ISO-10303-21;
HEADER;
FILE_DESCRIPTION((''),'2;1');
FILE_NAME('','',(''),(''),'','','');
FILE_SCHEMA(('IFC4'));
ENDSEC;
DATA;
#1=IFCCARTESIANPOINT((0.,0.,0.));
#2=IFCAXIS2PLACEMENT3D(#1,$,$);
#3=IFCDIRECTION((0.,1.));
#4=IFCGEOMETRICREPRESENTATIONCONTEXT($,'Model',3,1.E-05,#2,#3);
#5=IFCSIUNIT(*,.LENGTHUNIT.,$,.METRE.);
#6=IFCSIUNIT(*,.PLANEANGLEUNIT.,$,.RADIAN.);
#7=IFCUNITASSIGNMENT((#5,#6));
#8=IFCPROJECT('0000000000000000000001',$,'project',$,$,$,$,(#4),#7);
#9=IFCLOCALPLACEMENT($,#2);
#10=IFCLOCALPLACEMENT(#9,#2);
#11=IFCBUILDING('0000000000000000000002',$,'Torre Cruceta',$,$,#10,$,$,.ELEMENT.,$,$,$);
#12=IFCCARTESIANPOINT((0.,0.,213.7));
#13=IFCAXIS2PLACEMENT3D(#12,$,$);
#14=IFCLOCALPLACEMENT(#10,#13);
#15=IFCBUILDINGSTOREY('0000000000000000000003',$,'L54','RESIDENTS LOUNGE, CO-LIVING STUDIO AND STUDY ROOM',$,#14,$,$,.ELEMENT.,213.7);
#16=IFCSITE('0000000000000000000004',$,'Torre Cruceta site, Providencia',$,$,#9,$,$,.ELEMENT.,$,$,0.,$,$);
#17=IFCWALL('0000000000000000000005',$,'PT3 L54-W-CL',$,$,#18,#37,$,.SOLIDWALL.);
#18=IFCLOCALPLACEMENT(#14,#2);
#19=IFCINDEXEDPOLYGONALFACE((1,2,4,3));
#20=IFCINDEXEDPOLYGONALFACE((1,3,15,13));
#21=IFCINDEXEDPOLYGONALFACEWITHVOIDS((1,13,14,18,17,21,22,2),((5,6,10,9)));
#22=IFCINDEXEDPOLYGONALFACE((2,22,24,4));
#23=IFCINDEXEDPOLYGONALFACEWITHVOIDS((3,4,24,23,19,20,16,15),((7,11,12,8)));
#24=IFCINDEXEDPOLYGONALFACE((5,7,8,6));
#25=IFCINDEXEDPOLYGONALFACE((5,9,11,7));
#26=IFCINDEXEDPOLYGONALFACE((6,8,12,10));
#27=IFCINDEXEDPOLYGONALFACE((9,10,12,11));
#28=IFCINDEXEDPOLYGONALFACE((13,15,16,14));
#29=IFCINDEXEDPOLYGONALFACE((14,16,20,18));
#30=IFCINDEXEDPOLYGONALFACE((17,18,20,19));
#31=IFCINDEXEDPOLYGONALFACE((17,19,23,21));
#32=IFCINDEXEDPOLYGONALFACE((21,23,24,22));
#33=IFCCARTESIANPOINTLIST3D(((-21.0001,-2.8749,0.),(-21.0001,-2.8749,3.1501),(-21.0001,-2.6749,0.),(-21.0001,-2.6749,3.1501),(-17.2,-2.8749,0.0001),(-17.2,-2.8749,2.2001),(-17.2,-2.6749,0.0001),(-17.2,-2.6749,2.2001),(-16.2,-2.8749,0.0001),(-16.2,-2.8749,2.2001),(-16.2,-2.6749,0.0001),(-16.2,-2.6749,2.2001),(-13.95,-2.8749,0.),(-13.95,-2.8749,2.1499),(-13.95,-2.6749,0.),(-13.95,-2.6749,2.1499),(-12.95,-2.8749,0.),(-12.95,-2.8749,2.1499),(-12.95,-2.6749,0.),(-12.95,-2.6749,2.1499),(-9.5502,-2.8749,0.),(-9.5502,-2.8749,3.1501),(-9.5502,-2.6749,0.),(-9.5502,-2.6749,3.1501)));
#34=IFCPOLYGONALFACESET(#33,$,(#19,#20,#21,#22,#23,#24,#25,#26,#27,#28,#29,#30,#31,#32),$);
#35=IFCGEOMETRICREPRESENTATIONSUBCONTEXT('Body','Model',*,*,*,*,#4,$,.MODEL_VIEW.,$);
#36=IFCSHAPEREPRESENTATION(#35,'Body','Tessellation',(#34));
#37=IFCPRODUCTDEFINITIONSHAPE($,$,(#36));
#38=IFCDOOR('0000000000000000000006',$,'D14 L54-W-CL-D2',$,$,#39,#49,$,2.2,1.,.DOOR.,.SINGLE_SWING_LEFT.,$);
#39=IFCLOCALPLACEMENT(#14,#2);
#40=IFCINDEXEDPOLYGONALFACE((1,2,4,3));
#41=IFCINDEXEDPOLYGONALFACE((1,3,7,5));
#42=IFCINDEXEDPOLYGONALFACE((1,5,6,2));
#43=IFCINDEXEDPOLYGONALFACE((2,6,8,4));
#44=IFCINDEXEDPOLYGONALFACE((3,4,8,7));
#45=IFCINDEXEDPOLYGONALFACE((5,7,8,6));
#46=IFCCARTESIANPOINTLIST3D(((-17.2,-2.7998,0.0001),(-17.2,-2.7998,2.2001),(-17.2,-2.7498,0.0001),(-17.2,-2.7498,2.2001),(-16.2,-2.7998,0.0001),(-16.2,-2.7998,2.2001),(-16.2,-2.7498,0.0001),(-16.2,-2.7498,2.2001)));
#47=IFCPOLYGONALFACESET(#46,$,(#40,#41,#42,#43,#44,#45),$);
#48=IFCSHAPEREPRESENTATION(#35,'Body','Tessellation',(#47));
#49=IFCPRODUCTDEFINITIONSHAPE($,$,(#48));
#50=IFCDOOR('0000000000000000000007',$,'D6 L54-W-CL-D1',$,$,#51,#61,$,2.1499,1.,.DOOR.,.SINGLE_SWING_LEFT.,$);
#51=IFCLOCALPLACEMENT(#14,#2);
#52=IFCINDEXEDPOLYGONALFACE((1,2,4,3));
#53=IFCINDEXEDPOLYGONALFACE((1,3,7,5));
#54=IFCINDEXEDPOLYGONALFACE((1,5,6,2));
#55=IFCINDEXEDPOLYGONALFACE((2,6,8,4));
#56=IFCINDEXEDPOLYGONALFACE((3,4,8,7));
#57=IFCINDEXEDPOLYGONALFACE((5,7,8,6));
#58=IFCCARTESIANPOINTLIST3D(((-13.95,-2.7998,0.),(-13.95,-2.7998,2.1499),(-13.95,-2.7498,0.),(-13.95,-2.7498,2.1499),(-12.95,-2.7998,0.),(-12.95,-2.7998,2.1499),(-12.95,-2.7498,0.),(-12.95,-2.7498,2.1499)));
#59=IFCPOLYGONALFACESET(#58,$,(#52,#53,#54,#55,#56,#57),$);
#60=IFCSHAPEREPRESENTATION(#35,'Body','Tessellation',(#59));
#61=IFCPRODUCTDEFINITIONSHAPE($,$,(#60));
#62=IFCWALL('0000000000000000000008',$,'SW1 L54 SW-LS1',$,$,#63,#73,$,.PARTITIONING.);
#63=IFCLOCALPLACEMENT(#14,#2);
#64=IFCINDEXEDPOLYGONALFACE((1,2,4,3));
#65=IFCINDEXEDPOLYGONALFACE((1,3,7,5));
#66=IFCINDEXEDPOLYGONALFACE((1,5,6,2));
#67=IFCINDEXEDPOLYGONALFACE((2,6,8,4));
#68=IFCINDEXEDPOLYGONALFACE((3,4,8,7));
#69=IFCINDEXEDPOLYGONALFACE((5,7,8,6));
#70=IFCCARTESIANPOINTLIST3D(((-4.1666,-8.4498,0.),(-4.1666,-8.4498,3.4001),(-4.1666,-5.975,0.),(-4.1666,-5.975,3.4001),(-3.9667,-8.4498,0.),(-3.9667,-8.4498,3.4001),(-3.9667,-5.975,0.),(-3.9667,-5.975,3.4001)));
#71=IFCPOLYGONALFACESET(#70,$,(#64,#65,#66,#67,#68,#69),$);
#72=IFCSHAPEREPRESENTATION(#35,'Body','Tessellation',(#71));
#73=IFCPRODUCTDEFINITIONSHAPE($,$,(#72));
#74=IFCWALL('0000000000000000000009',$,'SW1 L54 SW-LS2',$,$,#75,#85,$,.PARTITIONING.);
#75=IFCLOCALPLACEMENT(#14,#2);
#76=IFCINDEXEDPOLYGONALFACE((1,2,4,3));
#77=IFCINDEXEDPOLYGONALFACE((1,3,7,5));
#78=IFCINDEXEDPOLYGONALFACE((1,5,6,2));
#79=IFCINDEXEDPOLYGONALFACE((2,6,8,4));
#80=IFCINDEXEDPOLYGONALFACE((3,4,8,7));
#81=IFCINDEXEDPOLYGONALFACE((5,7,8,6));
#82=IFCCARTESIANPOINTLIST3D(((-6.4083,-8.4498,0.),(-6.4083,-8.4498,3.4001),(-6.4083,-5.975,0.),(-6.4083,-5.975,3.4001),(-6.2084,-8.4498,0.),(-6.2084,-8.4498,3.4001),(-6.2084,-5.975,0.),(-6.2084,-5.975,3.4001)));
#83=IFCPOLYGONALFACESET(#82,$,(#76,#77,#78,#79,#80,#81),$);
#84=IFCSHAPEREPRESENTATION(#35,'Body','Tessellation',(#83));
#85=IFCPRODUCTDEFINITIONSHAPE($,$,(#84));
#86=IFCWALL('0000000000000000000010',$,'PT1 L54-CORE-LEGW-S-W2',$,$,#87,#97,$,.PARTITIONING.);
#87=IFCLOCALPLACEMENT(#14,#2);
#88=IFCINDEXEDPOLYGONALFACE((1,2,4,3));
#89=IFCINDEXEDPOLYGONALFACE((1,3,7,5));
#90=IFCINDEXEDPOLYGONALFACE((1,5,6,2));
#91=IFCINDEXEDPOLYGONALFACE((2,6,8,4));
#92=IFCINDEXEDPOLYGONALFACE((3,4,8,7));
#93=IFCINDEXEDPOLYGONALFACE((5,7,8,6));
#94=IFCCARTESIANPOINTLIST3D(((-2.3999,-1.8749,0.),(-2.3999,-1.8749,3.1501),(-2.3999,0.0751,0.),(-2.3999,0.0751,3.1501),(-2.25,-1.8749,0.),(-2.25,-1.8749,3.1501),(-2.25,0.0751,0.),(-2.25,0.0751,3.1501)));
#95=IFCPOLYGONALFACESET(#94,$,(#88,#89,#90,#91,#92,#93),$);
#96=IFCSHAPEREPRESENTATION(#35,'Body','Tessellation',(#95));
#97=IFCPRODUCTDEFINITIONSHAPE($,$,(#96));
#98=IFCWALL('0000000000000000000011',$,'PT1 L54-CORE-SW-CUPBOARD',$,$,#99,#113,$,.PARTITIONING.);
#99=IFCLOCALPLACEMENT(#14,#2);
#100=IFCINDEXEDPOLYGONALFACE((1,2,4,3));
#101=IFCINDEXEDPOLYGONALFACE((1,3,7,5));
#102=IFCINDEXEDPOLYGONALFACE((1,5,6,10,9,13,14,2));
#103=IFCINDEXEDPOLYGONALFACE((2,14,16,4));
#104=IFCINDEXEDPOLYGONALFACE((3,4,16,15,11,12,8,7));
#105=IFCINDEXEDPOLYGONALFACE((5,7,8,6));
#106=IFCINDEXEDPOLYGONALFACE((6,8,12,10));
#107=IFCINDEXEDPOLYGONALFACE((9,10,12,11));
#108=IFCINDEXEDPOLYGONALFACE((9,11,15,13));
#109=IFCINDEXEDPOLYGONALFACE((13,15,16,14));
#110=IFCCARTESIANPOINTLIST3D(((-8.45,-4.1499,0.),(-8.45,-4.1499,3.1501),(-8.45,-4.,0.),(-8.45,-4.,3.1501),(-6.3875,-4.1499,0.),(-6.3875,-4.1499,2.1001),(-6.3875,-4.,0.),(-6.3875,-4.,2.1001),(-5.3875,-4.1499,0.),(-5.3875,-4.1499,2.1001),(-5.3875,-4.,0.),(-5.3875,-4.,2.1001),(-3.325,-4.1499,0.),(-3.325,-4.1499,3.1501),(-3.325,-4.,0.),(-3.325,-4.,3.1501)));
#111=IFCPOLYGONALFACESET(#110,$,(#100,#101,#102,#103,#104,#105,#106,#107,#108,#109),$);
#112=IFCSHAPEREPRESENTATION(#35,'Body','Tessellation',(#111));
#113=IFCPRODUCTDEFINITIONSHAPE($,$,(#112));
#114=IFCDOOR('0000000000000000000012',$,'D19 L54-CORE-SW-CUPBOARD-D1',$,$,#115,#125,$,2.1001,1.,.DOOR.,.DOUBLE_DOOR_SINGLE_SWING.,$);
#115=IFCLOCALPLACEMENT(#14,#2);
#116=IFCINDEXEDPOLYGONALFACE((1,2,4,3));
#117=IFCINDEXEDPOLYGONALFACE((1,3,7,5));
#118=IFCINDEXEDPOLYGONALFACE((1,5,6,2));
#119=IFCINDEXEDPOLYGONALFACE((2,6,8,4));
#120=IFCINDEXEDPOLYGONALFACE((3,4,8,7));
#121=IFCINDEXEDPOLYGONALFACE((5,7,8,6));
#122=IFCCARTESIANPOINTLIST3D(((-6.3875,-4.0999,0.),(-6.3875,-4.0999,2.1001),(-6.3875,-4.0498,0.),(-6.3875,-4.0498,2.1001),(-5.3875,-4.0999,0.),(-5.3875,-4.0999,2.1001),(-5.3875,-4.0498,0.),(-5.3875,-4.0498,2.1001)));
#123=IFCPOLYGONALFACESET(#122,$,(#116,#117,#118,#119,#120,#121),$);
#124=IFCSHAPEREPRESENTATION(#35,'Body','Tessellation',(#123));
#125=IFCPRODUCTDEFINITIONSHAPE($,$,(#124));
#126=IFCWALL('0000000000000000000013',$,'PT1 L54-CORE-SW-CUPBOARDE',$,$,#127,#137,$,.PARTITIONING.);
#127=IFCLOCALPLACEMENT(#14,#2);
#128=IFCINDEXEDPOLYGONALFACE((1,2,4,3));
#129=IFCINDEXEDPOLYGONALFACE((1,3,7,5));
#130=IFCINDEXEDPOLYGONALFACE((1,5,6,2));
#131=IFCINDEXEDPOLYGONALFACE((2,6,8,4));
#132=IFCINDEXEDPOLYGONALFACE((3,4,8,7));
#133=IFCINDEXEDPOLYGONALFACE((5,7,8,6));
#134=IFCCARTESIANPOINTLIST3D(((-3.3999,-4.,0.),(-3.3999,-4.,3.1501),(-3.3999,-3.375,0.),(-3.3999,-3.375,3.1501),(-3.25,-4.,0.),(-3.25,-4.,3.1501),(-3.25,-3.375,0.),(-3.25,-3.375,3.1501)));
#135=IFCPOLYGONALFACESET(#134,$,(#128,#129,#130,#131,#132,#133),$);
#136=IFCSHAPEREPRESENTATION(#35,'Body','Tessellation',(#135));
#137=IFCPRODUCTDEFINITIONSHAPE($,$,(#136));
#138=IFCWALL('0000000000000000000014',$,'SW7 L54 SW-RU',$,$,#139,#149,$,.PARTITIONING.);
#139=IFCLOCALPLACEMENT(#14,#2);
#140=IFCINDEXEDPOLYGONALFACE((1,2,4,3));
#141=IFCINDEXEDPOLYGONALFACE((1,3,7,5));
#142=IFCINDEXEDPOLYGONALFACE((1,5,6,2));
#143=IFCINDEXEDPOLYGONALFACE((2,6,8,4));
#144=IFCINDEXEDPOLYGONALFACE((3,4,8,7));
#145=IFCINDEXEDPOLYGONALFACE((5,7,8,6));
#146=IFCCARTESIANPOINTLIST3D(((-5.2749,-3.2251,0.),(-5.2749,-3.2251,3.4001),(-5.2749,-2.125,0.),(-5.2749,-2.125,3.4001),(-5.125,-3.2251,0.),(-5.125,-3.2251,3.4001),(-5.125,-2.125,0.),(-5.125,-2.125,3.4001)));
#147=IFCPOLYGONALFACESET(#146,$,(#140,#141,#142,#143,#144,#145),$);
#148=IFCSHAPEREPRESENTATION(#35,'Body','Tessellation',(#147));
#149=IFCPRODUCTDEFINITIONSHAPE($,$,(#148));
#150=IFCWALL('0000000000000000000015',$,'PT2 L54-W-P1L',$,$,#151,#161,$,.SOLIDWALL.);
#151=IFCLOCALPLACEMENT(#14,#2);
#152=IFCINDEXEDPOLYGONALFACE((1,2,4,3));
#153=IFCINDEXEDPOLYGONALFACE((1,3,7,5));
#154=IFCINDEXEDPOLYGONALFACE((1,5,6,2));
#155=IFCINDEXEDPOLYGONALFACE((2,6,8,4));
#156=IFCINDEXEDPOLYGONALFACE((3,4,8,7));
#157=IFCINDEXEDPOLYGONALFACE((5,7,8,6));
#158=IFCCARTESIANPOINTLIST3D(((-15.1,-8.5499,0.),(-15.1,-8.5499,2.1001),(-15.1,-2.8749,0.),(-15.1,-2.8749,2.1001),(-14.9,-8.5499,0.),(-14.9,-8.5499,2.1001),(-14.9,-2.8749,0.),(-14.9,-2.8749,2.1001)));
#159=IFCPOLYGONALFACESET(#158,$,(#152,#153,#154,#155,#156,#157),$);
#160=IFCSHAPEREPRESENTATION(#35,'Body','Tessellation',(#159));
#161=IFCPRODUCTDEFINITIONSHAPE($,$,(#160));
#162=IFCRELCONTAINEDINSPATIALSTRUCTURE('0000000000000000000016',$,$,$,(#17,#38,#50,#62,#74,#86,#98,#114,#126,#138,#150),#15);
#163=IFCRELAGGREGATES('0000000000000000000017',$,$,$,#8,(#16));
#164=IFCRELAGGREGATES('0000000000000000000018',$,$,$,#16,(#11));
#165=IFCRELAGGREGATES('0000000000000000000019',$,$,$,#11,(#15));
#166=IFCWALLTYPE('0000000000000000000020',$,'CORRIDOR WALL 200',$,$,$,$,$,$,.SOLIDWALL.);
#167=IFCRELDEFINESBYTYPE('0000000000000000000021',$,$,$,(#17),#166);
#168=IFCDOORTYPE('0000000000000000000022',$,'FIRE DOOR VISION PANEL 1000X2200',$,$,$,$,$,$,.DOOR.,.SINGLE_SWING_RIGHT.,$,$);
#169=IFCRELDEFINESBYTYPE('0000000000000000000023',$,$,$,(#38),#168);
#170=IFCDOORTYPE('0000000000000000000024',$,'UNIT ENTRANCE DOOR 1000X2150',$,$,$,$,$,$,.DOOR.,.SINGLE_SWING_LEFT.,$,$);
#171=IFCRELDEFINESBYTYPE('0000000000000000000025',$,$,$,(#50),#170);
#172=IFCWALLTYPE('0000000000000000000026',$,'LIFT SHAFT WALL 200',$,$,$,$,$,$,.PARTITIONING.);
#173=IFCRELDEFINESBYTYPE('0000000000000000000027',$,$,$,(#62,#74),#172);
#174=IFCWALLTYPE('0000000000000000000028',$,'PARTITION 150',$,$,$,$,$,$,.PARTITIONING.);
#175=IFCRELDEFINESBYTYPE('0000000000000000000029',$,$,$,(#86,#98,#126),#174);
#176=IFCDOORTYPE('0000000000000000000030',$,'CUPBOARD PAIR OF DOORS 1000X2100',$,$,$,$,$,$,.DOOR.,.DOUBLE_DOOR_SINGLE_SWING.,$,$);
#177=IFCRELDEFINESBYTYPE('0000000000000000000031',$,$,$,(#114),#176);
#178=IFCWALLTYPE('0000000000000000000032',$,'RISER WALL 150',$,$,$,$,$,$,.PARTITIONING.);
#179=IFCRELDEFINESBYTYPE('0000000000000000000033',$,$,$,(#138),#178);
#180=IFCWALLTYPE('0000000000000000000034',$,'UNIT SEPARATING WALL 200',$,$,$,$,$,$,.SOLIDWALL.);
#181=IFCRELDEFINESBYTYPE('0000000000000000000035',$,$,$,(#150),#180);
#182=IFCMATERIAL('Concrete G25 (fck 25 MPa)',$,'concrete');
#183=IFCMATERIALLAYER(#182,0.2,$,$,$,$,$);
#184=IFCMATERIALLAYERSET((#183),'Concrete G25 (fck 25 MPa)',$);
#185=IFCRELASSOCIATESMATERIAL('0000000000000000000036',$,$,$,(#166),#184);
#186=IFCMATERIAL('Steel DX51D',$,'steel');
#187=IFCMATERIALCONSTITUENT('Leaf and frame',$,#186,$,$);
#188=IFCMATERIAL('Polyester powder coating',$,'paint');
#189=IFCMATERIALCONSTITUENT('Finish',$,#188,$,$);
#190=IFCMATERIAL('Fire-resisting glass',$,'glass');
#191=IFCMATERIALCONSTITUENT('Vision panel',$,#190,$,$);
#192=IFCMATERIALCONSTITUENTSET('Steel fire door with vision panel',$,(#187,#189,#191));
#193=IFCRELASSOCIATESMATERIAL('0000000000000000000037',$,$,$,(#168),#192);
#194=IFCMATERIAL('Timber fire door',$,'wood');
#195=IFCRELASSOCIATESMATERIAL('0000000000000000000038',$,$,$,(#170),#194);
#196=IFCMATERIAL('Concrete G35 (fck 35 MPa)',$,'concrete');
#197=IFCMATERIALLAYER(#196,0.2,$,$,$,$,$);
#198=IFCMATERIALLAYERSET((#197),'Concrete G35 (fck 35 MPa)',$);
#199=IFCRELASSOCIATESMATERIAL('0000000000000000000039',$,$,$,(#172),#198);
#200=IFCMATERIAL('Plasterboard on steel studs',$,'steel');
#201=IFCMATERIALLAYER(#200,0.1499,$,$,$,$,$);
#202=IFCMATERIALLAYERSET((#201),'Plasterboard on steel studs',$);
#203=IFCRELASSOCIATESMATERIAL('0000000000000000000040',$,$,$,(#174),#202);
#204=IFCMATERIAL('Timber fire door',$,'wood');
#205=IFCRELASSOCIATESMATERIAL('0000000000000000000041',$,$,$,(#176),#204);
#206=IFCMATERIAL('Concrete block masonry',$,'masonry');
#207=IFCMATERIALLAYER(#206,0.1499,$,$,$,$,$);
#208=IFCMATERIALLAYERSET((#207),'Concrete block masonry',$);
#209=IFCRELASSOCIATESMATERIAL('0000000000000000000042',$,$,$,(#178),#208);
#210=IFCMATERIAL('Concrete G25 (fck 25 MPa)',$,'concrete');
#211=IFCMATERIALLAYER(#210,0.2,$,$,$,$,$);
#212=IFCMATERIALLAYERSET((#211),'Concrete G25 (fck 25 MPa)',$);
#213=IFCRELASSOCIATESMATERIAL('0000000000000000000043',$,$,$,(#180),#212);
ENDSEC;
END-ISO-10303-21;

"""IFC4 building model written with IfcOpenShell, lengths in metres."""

from ifc_helpers import new_model, si_unit, direction, frame, frame_2d, origin, place, context, subcontext, project, spatial, rectangle, extrude, material, layer, layer_set, constituent, constituent_set, type_object, element, fill, save


model = new_model("IFC4")

# Units and contexts
model_context = context("Model", 3, precision=1e-05, world=origin(), true_north=direction((0.0, 1.0)))
body_context = subcontext(model_context, "Body", "Model", "MODEL_VIEW")
ifc_project = project(units=[si_unit("LENGTHUNIT", "METRE"), si_unit("PLANEANGLEUNIT", "RADIAN")], contexts=[model_context])

# Site, building, storey
site_placement = place(None, origin())
site = spatial("IfcSite", under=ifc_project, at=site_placement, Name="Torre Cruceta site, Providencia", CompositionType="ELEMENT", RefElevation=0.0)
building_placement = place(site_placement, origin())
building = spatial("IfcBuilding", under=site, at=building_placement, Name="Torre Cruceta", CompositionType="ELEMENT")
storey_placement = place(building_placement, frame((0.0, 0.0, 213.7)))
storey = spatial("IfcBuildingStorey", under=building, at=storey_placement, Name="L54", Description="RESIDENTS LOUNGE, CO-LIVING STUDIO AND STUDY ROOM", CompositionType="ELEMENT", Elevation=213.7)

# Wall, openings, doors
ifc_material_1 = material(Name="Concrete G25 (fck 25 MPa)", Category="concrete")
ifc_layer_1 = layer(ifc_material_1, 0.2)
ifc_layer_set_1 = layer_set([ifc_layer_1], Name="Concrete G25 (fck 25 MPa)")
wall_type_1 = type_object("IfcWallType", Name="CORRIDOR WALL 200", PredefinedType="SOLIDWALL", material=ifc_layer_set_1)
wall_1_placement = place(storey_placement, frame((-9.55, -2.7749, 0.0), z_axis=(0.0, 0.0, 1.0), x_axis=(-1.0, 0.0, 0.0)))
wall_1 = element("IfcWall", 1, at=wall_1_placement, inside=storey, type_object=wall_type_1, Name="PT3 L54-W-CL", PredefinedType="SOLIDWALL", context=body_context, shape_type="SweptSolid", body=[
    extrude(rectangle(XDim=11.45, YDim=0.2, at=frame_2d((5.7251, 0.0))), origin(), (0.0, 0.0, 1.0), 3.1501),
])
opening_1_placement = place(wall_1_placement, frame((3.3999, 0.0, 0.0)))
opening_1 = element("IfcOpeningElement", 2, at=opening_1_placement, cuts=wall_1, PredefinedType="OPENING", context=body_context, shape_type="SweptSolid", body=[
    extrude(rectangle(XDim=1.0, YDim=2.1499, at=frame_2d((0.5, 1.075))), frame((0.0, 0.1099, 0.0), z_axis=(0.0, -1.0, 0.0), x_axis=(1.0, 0.0, 0.0)), (0.0, 0.0, 1.0), 0.22),
])
opening_2_placement = place(wall_1_placement, frame((6.6499, 0.0, 0.0)))
opening_2 = element("IfcOpeningElement", 3, at=opening_2_placement, cuts=wall_1, PredefinedType="OPENING", context=body_context, shape_type="SweptSolid", body=[
    extrude(rectangle(XDim=1.0, YDim=2.2, at=frame_2d((0.5, 1.1001))), frame((0.0, 0.1099, 0.0), z_axis=(0.0, -1.0, 0.0), x_axis=(1.0, 0.0, 0.0)), (0.0, 0.0, 1.0), 0.22),
])
ifc_material_2 = material(Name="Steel DX51D", Category="steel")
ifc_constituent_1 = constituent(ifc_material_2, Name="Leaf and frame")
ifc_material_3 = material(Name="Polyester powder coating", Category="paint")
ifc_constituent_2 = constituent(ifc_material_3, Name="Finish")
ifc_material_4 = material(Name="Fire-resisting glass", Category="glass")
ifc_constituent_3 = constituent(ifc_material_4, Name="Vision panel")
ifc_constituent_set_1 = constituent_set(constituents=[ifc_constituent_1, ifc_constituent_2, ifc_constituent_3], Name="Steel fire door with vision panel")
door_type_1 = type_object("IfcDoorType", Name="FIRE DOOR VISION PANEL 1000X2200", OperationType="SINGLE_SWING_RIGHT", PredefinedType="DOOR", material=ifc_constituent_set_1)
door_1_placement = place(opening_2_placement, origin())
door_1 = element("IfcDoor", 4, at=door_1_placement, inside=storey, type_object=door_type_1, Name="D14 L54-W-CL-D2", OperationType="SINGLE_SWING_LEFT", OverallHeight=2.2, OverallWidth=1.0, PredefinedType="DOOR", context=body_context, shape_type="SweptSolid", body=[
    extrude(rectangle(XDim=1.0, YDim=2.2, at=frame_2d((0.5, 1.1001))), frame((0.0, 0.0249, 0.0), z_axis=(0.0, -1.0, 0.0), x_axis=(1.0, 0.0, 0.0)), (0.0, 0.0, 1.0), 0.05),
])
fill(opening_2, door_1)
ifc_material_5 = material(Name="Timber fire door", Category="wood")
door_type_2 = type_object("IfcDoorType", Name="UNIT ENTRANCE DOOR 1000X2150", OperationType="SINGLE_SWING_LEFT", PredefinedType="DOOR", material=ifc_material_5)
door_2_placement = place(opening_1_placement, origin())
door_2 = element("IfcDoor", 5, at=door_2_placement, inside=storey, type_object=door_type_2, Name="D6 L54-W-CL-D1", OperationType="SINGLE_SWING_LEFT", OverallHeight=2.1499, OverallWidth=1.0, PredefinedType="DOOR", context=body_context, shape_type="SweptSolid", body=[
    extrude(rectangle(XDim=1.0, YDim=2.1499, at=frame_2d((0.5, 1.075))), frame((0.0, 0.0249, 0.0), z_axis=(0.0, -1.0, 0.0), x_axis=(1.0, 0.0, 0.0)), (0.0, 0.0, 1.0), 0.05),
])
fill(opening_1, door_2)

# Walls
ifc_material_6 = material(Name="Concrete G35 (fck 35 MPa)", Category="concrete")
ifc_layer_2 = layer(ifc_material_6, 0.2)
ifc_layer_set_2 = layer_set([ifc_layer_2], Name="Concrete G35 (fck 35 MPa)")
wall_type_2 = type_object("IfcWallType", Name="LIFT SHAFT WALL 200", PredefinedType="PARTITIONING", material=ifc_layer_set_2)
for number, where, z_axis, x_axis, name in (
    (6, (-4.0667, -5.9751, 0.0), (0.0, 0.0, 1.0), (0.0, -1.0, 0.0), "SW1 L54 SW-LS1"),
    (7, (-6.3083, -5.9751, 0.0), (0.0, 0.0, 1.0), (0.0, -1.0, 0.0), "SW1 L54 SW-LS2"),
):
    element("IfcWall", number, at=place(storey_placement, frame(where, z_axis=z_axis, x_axis=x_axis)), inside=storey, type_object=wall_type_2, Name=name, PredefinedType="PARTITIONING", context=body_context, shape_type="SweptSolid", body=[
        extrude(rectangle(XDim=2.4749, YDim=0.2, at=frame_2d((1.2373, 0.0))), origin(), (0.0, 0.0, 1.0), 3.4001),
    ])
ifc_material_7 = material(Name="Plasterboard on steel studs", Category="steel")
ifc_layer_3 = layer(ifc_material_7, 0.1499)
ifc_layer_set_3 = layer_set([ifc_layer_3], Name="Plasterboard on steel studs")
wall_type_3 = type_object("IfcWallType", Name="PARTITION 150", PredefinedType="PARTITIONING", material=ifc_layer_set_3)
wall_2_placement = place(storey_placement, frame((-2.325, -1.875, 0.0), z_axis=(0.0, 0.0, 1.0), x_axis=(0.0, 1.0, 0.0)))
element("IfcWall", 8, at=wall_2_placement, inside=storey, type_object=wall_type_3, Name="PT1 L54-CORE-LEGW-S-W2", PredefinedType="PARTITIONING", context=body_context, shape_type="SweptSolid", body=[
    extrude(rectangle(XDim=1.95, YDim=0.1499, at=frame_2d((0.9751, 0.0))), origin(), (0.0, 0.0, 1.0), 3.1501),
])

# Wall, opening, door
wall_3_placement = place(storey_placement, frame((-3.325, -4.075, 0.0), z_axis=(0.0, 0.0, 1.0), x_axis=(-1.0, 0.0, 0.0)))
wall_3 = element("IfcWall", 9, at=wall_3_placement, inside=storey, type_object=wall_type_3, Name="PT1 L54-CORE-SW-CUPBOARD", PredefinedType="PARTITIONING", context=body_context, shape_type="SweptSolid", body=[
    extrude(rectangle(XDim=5.125, YDim=0.1499, at=frame_2d((2.5625, 0.0))), origin(), (0.0, 0.0, 1.0), 3.1501),
])
opening_3_placement = place(wall_3_placement, frame((2.0625, 0.0, 0.0)))
opening_3 = element("IfcOpeningElement", 10, at=opening_3_placement, cuts=wall_3, PredefinedType="OPENING", context=body_context, shape_type="SweptSolid", body=[
    extrude(rectangle(XDim=1.0, YDim=2.1001, at=frame_2d((0.5, 1.05))), frame((0.0, 0.085, 0.0), z_axis=(0.0, -1.0, 0.0), x_axis=(1.0, 0.0, 0.0)), (0.0, 0.0, 1.0), 0.1699),
])
ifc_material_8 = material(Name="Timber fire door", Category="wood")
door_type_3 = type_object("IfcDoorType", Name="CUPBOARD PAIR OF DOORS 1000X2100", OperationType="DOUBLE_DOOR_SINGLE_SWING", PredefinedType="DOOR", material=ifc_material_8)
door_3_placement = place(opening_3_placement, frame((1.0, 0.0, 0.0), z_axis=(0.0, 0.0, 1.0), x_axis=(-1.0, 0.0, 0.0)))
door_3 = element("IfcDoor", 11, at=door_3_placement, inside=storey, type_object=door_type_3, Name="D19 L54-CORE-SW-CUPBOARD-D1", OperationType="DOUBLE_DOOR_SINGLE_SWING", OverallHeight=2.1001, OverallWidth=1.0, PredefinedType="DOOR", context=body_context, shape_type="SweptSolid", body=[
    extrude(rectangle(XDim=1.0, YDim=2.1001, at=frame_2d((0.5, 1.05))), frame((0.0, 0.0251, 0.0), z_axis=(0.0, -1.0, 0.0), x_axis=(1.0, 0.0, 0.0)), (0.0, 0.0, 1.0), 0.05),
])
fill(opening_3, door_3)

# Walls
wall_4_placement = place(storey_placement, frame((-3.325, -3.375, 0.0), z_axis=(0.0, 0.0, 1.0), x_axis=(0.0, -1.0, 0.0)))
element("IfcWall", 12, at=wall_4_placement, inside=storey, type_object=wall_type_3, Name="PT1 L54-CORE-SW-CUPBOARDE", PredefinedType="PARTITIONING", context=body_context, shape_type="SweptSolid", body=[
    extrude(rectangle(XDim=0.625, YDim=0.1499, at=frame_2d((0.3125, 0.0))), origin(), (0.0, 0.0, 1.0), 3.1501),
])
ifc_material_9 = material(Name="Concrete block masonry", Category="masonry")
ifc_layer_4 = layer(ifc_material_9, 0.1499)
ifc_layer_set_4 = layer_set([ifc_layer_4], Name="Concrete block masonry")
wall_type_4 = type_object("IfcWallType", Name="RISER WALL 150", PredefinedType="PARTITIONING", material=ifc_layer_set_4)
wall_5_placement = place(storey_placement, frame((-5.2, -2.125, 0.0), z_axis=(0.0, 0.0, 1.0), x_axis=(0.0, -1.0, 0.0)))
element("IfcWall", 13, at=wall_5_placement, inside=storey, type_object=wall_type_4, Name="SW7 L54 SW-RU", PredefinedType="PARTITIONING", context=body_context, shape_type="SweptSolid", body=[
    extrude(rectangle(XDim=1.1001, YDim=0.1499, at=frame_2d((0.55, 0.0))), origin(), (0.0, 0.0, 1.0), 3.4001),
])
ifc_material_10 = material(Name="Concrete G25 (fck 25 MPa)", Category="concrete")
ifc_layer_5 = layer(ifc_material_10, 0.2)
ifc_layer_set_5 = layer_set([ifc_layer_5], Name="Concrete G25 (fck 25 MPa)")
wall_type_5 = type_object("IfcWallType", Name="UNIT SEPARATING WALL 200", PredefinedType="SOLIDWALL", material=ifc_layer_set_5)
wall_6_placement = place(storey_placement, frame((-15.0, -2.875, 0.0), z_axis=(0.0, 0.0, 1.0), x_axis=(0.0, -1.0, 0.0)))
element("IfcWall", 14, at=wall_6_placement, inside=storey, type_object=wall_type_5, Name="PT2 L54-W-P1L", PredefinedType="SOLIDWALL", context=body_context, shape_type="SweptSolid", body=[
    extrude(rectangle(XDim=5.675, YDim=0.2, at=frame_2d((2.8374, 0.0))), origin(), (0.0, 0.0, 1.0), 2.1001),
])

save(model, "model.ifc")
